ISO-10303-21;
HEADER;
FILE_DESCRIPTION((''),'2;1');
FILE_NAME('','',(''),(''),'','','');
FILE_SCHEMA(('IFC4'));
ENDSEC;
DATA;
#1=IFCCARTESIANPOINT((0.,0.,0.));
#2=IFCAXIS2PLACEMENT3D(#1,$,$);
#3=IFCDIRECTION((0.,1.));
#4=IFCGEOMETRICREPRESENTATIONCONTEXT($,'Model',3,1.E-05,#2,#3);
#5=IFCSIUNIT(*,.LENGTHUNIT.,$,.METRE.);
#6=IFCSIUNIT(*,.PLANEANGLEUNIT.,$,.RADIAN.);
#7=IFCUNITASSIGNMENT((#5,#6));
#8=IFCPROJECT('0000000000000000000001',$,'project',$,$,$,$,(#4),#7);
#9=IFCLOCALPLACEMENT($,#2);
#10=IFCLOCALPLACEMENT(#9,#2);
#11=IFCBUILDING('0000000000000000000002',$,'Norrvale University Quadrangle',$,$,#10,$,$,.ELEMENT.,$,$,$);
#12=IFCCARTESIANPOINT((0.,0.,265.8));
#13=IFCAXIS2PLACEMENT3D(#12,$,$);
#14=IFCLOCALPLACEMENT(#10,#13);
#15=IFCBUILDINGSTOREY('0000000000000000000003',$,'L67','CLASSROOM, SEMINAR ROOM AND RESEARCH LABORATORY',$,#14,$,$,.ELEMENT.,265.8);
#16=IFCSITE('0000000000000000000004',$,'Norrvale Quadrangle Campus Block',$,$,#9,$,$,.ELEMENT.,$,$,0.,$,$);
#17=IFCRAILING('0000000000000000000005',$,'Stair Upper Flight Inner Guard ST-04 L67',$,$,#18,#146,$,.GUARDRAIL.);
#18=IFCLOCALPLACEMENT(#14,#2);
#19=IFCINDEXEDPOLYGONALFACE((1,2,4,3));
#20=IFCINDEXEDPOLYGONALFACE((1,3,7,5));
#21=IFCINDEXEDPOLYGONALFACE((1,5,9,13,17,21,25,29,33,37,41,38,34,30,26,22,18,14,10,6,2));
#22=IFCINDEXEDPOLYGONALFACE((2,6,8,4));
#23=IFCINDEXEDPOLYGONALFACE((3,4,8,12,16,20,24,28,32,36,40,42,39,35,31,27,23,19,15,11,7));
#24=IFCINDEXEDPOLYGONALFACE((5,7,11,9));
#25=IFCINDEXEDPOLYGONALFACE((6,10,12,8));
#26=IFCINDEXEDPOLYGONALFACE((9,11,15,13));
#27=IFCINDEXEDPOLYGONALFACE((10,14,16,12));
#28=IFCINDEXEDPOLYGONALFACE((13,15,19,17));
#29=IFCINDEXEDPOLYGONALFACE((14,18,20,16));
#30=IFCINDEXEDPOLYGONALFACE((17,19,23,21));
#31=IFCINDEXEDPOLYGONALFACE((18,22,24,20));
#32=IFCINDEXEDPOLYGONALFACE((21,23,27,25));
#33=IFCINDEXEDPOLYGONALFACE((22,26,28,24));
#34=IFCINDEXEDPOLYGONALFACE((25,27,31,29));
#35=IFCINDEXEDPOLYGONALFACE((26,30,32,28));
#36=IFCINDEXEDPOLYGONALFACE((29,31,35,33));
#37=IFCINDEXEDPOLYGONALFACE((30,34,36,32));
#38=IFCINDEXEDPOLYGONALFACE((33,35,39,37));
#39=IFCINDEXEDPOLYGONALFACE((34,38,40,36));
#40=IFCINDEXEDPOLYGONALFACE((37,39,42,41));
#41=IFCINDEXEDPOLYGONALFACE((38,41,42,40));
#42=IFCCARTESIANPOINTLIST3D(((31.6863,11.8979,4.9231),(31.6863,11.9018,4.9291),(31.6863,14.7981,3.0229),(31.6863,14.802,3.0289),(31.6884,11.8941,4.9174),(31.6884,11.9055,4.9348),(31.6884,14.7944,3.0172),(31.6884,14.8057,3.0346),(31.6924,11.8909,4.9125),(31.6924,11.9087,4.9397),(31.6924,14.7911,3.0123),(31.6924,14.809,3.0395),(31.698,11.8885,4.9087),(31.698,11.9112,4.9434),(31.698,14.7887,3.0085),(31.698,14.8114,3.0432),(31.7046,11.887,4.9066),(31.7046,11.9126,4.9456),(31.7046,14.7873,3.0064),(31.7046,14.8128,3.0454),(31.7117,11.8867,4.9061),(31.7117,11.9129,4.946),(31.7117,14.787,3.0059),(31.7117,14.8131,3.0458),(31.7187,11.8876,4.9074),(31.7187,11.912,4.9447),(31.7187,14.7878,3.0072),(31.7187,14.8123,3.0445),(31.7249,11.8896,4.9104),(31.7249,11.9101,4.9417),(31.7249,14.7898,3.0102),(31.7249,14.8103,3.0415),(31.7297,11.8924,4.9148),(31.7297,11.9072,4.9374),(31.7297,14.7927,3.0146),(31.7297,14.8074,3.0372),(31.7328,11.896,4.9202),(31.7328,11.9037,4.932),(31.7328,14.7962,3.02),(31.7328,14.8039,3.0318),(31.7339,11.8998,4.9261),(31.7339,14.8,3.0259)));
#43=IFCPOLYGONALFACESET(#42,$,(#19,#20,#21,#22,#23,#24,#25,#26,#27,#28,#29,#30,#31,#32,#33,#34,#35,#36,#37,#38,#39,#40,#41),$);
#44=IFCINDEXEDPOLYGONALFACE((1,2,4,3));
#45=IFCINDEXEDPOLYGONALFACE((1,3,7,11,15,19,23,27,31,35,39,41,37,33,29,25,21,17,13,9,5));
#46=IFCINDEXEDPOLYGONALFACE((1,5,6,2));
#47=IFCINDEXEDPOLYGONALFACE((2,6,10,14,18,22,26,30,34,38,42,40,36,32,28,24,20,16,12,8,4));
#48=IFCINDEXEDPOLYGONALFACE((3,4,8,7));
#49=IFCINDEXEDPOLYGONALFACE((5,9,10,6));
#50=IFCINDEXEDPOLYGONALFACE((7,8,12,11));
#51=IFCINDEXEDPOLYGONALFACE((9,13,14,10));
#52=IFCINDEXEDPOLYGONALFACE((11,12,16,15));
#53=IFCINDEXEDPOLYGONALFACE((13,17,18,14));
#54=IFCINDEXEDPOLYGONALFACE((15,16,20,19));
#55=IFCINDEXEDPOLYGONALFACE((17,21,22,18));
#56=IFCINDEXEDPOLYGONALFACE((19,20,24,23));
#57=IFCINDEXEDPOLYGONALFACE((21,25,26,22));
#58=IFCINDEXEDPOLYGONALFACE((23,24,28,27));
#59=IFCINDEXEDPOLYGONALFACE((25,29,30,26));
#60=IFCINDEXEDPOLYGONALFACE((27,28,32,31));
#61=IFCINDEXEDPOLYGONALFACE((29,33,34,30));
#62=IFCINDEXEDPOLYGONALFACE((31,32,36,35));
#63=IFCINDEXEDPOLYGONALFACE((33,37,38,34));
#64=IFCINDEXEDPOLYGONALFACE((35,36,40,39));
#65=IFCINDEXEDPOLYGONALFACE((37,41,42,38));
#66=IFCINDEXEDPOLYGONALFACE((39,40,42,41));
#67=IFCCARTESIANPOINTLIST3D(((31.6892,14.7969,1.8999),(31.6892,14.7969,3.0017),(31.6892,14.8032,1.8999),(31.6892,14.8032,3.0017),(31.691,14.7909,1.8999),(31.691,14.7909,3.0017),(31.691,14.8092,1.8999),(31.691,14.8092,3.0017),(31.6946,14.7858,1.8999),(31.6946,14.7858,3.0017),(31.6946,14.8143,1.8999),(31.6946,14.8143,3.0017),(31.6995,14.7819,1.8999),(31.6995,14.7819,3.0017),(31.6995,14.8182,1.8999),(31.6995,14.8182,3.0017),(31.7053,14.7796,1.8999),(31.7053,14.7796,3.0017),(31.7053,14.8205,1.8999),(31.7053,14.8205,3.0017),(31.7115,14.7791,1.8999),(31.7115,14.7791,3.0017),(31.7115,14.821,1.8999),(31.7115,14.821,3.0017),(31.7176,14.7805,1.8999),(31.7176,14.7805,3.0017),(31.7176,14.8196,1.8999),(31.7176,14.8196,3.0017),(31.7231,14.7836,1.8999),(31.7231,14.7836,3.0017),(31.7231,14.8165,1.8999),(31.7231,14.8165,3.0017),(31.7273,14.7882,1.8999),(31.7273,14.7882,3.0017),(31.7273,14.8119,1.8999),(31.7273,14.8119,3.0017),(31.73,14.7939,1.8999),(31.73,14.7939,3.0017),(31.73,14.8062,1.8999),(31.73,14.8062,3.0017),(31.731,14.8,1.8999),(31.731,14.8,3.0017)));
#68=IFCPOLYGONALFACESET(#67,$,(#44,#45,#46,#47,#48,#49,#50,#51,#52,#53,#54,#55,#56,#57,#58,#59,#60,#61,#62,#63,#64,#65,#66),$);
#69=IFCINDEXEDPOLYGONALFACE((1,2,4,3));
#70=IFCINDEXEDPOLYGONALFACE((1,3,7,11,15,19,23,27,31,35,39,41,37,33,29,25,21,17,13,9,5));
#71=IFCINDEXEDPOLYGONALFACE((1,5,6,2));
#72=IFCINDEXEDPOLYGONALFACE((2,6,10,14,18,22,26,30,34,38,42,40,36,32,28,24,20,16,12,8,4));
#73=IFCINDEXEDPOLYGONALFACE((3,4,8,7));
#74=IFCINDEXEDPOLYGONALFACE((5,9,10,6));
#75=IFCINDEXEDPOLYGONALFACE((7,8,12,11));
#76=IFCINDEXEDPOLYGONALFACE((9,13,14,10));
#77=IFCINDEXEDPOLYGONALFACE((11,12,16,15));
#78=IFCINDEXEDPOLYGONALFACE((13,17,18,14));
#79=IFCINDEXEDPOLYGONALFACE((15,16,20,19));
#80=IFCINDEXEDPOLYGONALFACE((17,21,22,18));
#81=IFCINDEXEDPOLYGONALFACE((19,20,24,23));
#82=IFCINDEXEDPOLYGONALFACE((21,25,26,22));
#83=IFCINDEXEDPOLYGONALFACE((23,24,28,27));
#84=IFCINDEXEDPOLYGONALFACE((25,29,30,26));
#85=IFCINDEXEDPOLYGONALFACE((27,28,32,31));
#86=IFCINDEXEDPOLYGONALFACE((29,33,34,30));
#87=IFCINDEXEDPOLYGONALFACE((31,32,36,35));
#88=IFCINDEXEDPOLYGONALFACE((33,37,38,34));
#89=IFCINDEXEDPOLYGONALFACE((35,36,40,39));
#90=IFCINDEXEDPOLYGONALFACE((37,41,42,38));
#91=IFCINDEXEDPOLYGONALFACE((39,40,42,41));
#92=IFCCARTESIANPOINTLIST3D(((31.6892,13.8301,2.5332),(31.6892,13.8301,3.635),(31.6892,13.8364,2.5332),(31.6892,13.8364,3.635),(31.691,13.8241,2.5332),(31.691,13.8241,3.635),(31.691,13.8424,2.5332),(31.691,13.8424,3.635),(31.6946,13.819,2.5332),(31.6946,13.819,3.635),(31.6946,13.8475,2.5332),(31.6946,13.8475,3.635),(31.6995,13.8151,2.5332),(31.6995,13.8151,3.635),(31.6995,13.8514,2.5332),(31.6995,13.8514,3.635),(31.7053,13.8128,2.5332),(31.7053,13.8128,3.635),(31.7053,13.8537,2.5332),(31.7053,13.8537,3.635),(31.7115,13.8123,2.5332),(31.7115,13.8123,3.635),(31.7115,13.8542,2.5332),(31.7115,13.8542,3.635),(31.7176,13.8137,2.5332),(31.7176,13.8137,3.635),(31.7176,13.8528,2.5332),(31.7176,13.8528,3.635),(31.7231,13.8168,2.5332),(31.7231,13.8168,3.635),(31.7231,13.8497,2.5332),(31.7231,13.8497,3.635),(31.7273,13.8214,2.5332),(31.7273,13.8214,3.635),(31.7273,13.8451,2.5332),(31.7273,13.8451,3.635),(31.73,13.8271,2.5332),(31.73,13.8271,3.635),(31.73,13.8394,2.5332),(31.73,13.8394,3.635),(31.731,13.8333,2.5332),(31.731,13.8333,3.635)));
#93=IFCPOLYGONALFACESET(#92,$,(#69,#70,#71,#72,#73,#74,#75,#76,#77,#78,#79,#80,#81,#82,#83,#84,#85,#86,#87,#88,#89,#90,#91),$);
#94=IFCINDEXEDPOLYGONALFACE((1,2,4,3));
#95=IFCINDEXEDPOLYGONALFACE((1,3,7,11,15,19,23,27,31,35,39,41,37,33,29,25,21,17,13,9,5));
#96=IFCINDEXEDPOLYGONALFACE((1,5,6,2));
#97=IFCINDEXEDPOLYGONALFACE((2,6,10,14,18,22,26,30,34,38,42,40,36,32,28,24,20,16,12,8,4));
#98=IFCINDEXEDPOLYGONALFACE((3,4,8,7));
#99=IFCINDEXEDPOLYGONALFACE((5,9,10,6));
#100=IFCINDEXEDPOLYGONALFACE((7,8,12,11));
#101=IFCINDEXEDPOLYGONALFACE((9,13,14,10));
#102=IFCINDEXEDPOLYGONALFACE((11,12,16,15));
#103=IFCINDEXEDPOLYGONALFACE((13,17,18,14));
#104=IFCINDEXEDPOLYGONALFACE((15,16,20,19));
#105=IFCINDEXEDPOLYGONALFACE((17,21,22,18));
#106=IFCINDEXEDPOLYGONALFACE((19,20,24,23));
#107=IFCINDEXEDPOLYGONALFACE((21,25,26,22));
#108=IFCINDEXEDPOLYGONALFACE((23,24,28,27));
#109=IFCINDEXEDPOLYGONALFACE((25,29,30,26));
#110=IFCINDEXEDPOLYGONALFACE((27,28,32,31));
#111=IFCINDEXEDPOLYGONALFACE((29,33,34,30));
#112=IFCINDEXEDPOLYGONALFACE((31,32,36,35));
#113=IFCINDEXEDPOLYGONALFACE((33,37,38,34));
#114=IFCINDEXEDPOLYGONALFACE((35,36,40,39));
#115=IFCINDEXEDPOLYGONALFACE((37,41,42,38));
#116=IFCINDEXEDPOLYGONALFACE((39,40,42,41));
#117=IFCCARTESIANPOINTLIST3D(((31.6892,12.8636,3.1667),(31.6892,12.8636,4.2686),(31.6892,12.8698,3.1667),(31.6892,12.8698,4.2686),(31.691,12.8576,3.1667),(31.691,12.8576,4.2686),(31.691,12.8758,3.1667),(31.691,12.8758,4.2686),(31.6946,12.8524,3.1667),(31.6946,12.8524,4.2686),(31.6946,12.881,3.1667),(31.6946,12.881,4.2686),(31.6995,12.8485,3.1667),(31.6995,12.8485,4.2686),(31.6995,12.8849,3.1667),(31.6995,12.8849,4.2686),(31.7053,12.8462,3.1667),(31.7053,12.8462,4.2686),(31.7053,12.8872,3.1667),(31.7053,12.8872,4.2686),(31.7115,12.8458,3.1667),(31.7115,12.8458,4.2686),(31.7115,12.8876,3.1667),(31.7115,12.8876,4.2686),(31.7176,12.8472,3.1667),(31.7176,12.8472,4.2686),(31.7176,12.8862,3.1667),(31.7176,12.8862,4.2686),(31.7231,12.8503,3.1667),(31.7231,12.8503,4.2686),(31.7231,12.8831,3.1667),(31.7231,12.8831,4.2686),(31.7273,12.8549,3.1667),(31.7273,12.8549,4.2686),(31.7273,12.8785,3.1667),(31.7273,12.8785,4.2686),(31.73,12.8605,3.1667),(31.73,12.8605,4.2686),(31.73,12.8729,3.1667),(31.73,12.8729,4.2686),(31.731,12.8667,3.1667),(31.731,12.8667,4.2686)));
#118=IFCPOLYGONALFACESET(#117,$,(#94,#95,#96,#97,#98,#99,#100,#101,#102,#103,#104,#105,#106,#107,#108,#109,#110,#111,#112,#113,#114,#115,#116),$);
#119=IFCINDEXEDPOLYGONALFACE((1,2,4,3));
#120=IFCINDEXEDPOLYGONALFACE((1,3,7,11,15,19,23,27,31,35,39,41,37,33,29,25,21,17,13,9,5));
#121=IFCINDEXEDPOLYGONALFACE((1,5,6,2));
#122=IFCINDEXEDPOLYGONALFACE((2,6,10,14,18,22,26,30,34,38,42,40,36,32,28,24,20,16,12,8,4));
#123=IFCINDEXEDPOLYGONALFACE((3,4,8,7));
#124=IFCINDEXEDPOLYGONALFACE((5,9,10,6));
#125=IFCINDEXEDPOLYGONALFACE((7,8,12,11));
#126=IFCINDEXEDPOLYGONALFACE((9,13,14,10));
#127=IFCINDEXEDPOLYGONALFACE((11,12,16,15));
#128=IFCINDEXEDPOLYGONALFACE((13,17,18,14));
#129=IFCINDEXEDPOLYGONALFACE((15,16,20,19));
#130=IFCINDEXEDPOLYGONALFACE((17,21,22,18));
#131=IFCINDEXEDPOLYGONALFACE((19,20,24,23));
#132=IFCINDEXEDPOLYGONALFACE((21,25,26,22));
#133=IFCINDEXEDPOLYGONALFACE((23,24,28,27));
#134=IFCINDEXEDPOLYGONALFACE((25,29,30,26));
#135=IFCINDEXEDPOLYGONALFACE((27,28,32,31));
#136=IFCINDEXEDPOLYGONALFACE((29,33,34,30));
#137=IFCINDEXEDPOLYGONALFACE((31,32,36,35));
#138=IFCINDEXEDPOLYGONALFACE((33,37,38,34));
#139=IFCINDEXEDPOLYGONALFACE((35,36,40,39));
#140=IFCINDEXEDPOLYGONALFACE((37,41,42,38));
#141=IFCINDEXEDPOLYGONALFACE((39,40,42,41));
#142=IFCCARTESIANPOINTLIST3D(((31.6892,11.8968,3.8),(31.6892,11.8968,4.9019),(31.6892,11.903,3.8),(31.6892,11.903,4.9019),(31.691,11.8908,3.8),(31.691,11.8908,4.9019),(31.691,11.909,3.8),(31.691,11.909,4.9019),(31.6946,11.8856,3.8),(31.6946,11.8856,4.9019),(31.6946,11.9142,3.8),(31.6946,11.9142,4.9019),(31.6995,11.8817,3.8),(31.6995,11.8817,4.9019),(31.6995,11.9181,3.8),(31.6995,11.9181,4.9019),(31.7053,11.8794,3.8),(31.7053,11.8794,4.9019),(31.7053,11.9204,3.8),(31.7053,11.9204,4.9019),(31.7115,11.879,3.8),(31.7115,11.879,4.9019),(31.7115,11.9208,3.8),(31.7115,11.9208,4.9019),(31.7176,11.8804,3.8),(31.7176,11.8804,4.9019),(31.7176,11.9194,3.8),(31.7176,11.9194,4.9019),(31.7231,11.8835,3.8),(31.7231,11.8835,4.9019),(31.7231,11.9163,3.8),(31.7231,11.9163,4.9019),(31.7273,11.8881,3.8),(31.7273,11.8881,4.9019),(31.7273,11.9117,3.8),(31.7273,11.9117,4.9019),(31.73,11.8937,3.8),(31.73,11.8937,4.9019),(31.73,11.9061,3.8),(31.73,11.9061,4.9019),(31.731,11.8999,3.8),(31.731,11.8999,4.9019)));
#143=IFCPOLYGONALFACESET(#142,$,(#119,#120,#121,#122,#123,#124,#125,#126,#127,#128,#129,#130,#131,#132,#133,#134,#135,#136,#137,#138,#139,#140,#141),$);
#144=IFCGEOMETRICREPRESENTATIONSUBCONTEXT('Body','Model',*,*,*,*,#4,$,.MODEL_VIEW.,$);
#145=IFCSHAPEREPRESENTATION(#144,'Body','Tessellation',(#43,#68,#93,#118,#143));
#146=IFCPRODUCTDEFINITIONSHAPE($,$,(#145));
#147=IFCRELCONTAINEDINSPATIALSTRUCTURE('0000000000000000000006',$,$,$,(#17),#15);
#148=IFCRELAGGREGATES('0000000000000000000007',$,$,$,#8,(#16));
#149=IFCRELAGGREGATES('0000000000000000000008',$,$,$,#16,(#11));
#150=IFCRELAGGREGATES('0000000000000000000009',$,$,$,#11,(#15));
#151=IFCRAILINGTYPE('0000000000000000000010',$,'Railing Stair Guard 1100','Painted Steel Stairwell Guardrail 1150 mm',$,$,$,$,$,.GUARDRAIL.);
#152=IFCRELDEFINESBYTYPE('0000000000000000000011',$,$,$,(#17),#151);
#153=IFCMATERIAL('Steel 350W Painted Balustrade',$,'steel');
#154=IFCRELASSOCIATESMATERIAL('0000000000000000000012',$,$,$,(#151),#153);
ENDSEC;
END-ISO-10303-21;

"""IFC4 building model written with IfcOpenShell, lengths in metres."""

from ifc_helpers import new_model, si_unit, direction, frame, origin, origin_2d, place, context, subcontext, project, spatial, circle, extrude, material, type_object, element, save


model = new_model("IFC4")

# Units and contexts
model_context = context("Model", 3, precision=1e-05, world=origin(), true_north=direction((0.0, 1.0)))
body_context = subcontext(model_context, "Body", "Model", "MODEL_VIEW")
ifc_project = project(units=[si_unit("LENGTHUNIT", "METRE"), si_unit("PLANEANGLEUNIT", "RADIAN")], contexts=[model_context])

# Site, building, storey
site_placement = place(None, origin())
site = spatial("IfcSite", under=ifc_project, at=site_placement, Name="Norrvale Quadrangle Campus Block", CompositionType="ELEMENT", RefElevation=0.0)
building_placement = place(site_placement, origin())
building = spatial("IfcBuilding", under=site, at=building_placement, Name="Norrvale University Quadrangle", CompositionType="ELEMENT")
storey_placement = place(building_placement, frame((0.0, 0.0, 265.8)))
storey = spatial("IfcBuildingStorey", under=building, at=storey_placement, Name="L67", Description="CLASSROOM, SEMINAR ROOM AND RESEARCH LABORATORY", CompositionType="ELEMENT", Elevation=265.8)

# Railing
ifc_material_1 = material(Name="Steel 350W Painted Balustrade", Category="steel")
railing_type_1 = type_object("IfcRailingType", Name="Railing Stair Guard 1100", Description="Painted Steel Stairwell Guardrail 1150 mm", PredefinedType="GUARDRAIL", material=ifc_material_1)
railing_1_placement = place(storey_placement, frame((31.71, 14.8, 1.8999)))
element("IfcRailing", 1, at=railing_1_placement, inside=storey, type_object=railing_type_1, Name="Stair Upper Flight Inner Guard ST-04 L67", PredefinedType="GUARDRAIL", context=body_context, shape_type="SweptSolid", body=[
    extrude(circle(Radius=0.0239, at=origin_2d()), frame((0.0, 0.0, 1.126), z_axis=(0.0, -0.836454, 0.548036), x_axis=(1.0, 0.0, 0.0)), (0.0, 0.0, 1.0), 3.4673),
    extrude(circle(Radius=0.021, at=origin_2d()), origin(), (0.0, 0.0, 1.0), 1.1018),
    extrude(circle(Radius=0.021, at=origin_2d()), frame((0.0, -0.9668, 0.6333)), (0.0, 0.0, 1.0), 1.1018),
    extrude(circle(Radius=0.021, at=origin_2d()), frame((0.0, -1.9333, 1.2668)), (0.0, 0.0, 1.0), 1.1018),
    extrude(circle(Radius=0.021, at=origin_2d()), frame((0.0, -2.9001, 1.9001)), (0.0, 0.0, 1.0), 1.1018),
])

save(model, "model.ifc")
